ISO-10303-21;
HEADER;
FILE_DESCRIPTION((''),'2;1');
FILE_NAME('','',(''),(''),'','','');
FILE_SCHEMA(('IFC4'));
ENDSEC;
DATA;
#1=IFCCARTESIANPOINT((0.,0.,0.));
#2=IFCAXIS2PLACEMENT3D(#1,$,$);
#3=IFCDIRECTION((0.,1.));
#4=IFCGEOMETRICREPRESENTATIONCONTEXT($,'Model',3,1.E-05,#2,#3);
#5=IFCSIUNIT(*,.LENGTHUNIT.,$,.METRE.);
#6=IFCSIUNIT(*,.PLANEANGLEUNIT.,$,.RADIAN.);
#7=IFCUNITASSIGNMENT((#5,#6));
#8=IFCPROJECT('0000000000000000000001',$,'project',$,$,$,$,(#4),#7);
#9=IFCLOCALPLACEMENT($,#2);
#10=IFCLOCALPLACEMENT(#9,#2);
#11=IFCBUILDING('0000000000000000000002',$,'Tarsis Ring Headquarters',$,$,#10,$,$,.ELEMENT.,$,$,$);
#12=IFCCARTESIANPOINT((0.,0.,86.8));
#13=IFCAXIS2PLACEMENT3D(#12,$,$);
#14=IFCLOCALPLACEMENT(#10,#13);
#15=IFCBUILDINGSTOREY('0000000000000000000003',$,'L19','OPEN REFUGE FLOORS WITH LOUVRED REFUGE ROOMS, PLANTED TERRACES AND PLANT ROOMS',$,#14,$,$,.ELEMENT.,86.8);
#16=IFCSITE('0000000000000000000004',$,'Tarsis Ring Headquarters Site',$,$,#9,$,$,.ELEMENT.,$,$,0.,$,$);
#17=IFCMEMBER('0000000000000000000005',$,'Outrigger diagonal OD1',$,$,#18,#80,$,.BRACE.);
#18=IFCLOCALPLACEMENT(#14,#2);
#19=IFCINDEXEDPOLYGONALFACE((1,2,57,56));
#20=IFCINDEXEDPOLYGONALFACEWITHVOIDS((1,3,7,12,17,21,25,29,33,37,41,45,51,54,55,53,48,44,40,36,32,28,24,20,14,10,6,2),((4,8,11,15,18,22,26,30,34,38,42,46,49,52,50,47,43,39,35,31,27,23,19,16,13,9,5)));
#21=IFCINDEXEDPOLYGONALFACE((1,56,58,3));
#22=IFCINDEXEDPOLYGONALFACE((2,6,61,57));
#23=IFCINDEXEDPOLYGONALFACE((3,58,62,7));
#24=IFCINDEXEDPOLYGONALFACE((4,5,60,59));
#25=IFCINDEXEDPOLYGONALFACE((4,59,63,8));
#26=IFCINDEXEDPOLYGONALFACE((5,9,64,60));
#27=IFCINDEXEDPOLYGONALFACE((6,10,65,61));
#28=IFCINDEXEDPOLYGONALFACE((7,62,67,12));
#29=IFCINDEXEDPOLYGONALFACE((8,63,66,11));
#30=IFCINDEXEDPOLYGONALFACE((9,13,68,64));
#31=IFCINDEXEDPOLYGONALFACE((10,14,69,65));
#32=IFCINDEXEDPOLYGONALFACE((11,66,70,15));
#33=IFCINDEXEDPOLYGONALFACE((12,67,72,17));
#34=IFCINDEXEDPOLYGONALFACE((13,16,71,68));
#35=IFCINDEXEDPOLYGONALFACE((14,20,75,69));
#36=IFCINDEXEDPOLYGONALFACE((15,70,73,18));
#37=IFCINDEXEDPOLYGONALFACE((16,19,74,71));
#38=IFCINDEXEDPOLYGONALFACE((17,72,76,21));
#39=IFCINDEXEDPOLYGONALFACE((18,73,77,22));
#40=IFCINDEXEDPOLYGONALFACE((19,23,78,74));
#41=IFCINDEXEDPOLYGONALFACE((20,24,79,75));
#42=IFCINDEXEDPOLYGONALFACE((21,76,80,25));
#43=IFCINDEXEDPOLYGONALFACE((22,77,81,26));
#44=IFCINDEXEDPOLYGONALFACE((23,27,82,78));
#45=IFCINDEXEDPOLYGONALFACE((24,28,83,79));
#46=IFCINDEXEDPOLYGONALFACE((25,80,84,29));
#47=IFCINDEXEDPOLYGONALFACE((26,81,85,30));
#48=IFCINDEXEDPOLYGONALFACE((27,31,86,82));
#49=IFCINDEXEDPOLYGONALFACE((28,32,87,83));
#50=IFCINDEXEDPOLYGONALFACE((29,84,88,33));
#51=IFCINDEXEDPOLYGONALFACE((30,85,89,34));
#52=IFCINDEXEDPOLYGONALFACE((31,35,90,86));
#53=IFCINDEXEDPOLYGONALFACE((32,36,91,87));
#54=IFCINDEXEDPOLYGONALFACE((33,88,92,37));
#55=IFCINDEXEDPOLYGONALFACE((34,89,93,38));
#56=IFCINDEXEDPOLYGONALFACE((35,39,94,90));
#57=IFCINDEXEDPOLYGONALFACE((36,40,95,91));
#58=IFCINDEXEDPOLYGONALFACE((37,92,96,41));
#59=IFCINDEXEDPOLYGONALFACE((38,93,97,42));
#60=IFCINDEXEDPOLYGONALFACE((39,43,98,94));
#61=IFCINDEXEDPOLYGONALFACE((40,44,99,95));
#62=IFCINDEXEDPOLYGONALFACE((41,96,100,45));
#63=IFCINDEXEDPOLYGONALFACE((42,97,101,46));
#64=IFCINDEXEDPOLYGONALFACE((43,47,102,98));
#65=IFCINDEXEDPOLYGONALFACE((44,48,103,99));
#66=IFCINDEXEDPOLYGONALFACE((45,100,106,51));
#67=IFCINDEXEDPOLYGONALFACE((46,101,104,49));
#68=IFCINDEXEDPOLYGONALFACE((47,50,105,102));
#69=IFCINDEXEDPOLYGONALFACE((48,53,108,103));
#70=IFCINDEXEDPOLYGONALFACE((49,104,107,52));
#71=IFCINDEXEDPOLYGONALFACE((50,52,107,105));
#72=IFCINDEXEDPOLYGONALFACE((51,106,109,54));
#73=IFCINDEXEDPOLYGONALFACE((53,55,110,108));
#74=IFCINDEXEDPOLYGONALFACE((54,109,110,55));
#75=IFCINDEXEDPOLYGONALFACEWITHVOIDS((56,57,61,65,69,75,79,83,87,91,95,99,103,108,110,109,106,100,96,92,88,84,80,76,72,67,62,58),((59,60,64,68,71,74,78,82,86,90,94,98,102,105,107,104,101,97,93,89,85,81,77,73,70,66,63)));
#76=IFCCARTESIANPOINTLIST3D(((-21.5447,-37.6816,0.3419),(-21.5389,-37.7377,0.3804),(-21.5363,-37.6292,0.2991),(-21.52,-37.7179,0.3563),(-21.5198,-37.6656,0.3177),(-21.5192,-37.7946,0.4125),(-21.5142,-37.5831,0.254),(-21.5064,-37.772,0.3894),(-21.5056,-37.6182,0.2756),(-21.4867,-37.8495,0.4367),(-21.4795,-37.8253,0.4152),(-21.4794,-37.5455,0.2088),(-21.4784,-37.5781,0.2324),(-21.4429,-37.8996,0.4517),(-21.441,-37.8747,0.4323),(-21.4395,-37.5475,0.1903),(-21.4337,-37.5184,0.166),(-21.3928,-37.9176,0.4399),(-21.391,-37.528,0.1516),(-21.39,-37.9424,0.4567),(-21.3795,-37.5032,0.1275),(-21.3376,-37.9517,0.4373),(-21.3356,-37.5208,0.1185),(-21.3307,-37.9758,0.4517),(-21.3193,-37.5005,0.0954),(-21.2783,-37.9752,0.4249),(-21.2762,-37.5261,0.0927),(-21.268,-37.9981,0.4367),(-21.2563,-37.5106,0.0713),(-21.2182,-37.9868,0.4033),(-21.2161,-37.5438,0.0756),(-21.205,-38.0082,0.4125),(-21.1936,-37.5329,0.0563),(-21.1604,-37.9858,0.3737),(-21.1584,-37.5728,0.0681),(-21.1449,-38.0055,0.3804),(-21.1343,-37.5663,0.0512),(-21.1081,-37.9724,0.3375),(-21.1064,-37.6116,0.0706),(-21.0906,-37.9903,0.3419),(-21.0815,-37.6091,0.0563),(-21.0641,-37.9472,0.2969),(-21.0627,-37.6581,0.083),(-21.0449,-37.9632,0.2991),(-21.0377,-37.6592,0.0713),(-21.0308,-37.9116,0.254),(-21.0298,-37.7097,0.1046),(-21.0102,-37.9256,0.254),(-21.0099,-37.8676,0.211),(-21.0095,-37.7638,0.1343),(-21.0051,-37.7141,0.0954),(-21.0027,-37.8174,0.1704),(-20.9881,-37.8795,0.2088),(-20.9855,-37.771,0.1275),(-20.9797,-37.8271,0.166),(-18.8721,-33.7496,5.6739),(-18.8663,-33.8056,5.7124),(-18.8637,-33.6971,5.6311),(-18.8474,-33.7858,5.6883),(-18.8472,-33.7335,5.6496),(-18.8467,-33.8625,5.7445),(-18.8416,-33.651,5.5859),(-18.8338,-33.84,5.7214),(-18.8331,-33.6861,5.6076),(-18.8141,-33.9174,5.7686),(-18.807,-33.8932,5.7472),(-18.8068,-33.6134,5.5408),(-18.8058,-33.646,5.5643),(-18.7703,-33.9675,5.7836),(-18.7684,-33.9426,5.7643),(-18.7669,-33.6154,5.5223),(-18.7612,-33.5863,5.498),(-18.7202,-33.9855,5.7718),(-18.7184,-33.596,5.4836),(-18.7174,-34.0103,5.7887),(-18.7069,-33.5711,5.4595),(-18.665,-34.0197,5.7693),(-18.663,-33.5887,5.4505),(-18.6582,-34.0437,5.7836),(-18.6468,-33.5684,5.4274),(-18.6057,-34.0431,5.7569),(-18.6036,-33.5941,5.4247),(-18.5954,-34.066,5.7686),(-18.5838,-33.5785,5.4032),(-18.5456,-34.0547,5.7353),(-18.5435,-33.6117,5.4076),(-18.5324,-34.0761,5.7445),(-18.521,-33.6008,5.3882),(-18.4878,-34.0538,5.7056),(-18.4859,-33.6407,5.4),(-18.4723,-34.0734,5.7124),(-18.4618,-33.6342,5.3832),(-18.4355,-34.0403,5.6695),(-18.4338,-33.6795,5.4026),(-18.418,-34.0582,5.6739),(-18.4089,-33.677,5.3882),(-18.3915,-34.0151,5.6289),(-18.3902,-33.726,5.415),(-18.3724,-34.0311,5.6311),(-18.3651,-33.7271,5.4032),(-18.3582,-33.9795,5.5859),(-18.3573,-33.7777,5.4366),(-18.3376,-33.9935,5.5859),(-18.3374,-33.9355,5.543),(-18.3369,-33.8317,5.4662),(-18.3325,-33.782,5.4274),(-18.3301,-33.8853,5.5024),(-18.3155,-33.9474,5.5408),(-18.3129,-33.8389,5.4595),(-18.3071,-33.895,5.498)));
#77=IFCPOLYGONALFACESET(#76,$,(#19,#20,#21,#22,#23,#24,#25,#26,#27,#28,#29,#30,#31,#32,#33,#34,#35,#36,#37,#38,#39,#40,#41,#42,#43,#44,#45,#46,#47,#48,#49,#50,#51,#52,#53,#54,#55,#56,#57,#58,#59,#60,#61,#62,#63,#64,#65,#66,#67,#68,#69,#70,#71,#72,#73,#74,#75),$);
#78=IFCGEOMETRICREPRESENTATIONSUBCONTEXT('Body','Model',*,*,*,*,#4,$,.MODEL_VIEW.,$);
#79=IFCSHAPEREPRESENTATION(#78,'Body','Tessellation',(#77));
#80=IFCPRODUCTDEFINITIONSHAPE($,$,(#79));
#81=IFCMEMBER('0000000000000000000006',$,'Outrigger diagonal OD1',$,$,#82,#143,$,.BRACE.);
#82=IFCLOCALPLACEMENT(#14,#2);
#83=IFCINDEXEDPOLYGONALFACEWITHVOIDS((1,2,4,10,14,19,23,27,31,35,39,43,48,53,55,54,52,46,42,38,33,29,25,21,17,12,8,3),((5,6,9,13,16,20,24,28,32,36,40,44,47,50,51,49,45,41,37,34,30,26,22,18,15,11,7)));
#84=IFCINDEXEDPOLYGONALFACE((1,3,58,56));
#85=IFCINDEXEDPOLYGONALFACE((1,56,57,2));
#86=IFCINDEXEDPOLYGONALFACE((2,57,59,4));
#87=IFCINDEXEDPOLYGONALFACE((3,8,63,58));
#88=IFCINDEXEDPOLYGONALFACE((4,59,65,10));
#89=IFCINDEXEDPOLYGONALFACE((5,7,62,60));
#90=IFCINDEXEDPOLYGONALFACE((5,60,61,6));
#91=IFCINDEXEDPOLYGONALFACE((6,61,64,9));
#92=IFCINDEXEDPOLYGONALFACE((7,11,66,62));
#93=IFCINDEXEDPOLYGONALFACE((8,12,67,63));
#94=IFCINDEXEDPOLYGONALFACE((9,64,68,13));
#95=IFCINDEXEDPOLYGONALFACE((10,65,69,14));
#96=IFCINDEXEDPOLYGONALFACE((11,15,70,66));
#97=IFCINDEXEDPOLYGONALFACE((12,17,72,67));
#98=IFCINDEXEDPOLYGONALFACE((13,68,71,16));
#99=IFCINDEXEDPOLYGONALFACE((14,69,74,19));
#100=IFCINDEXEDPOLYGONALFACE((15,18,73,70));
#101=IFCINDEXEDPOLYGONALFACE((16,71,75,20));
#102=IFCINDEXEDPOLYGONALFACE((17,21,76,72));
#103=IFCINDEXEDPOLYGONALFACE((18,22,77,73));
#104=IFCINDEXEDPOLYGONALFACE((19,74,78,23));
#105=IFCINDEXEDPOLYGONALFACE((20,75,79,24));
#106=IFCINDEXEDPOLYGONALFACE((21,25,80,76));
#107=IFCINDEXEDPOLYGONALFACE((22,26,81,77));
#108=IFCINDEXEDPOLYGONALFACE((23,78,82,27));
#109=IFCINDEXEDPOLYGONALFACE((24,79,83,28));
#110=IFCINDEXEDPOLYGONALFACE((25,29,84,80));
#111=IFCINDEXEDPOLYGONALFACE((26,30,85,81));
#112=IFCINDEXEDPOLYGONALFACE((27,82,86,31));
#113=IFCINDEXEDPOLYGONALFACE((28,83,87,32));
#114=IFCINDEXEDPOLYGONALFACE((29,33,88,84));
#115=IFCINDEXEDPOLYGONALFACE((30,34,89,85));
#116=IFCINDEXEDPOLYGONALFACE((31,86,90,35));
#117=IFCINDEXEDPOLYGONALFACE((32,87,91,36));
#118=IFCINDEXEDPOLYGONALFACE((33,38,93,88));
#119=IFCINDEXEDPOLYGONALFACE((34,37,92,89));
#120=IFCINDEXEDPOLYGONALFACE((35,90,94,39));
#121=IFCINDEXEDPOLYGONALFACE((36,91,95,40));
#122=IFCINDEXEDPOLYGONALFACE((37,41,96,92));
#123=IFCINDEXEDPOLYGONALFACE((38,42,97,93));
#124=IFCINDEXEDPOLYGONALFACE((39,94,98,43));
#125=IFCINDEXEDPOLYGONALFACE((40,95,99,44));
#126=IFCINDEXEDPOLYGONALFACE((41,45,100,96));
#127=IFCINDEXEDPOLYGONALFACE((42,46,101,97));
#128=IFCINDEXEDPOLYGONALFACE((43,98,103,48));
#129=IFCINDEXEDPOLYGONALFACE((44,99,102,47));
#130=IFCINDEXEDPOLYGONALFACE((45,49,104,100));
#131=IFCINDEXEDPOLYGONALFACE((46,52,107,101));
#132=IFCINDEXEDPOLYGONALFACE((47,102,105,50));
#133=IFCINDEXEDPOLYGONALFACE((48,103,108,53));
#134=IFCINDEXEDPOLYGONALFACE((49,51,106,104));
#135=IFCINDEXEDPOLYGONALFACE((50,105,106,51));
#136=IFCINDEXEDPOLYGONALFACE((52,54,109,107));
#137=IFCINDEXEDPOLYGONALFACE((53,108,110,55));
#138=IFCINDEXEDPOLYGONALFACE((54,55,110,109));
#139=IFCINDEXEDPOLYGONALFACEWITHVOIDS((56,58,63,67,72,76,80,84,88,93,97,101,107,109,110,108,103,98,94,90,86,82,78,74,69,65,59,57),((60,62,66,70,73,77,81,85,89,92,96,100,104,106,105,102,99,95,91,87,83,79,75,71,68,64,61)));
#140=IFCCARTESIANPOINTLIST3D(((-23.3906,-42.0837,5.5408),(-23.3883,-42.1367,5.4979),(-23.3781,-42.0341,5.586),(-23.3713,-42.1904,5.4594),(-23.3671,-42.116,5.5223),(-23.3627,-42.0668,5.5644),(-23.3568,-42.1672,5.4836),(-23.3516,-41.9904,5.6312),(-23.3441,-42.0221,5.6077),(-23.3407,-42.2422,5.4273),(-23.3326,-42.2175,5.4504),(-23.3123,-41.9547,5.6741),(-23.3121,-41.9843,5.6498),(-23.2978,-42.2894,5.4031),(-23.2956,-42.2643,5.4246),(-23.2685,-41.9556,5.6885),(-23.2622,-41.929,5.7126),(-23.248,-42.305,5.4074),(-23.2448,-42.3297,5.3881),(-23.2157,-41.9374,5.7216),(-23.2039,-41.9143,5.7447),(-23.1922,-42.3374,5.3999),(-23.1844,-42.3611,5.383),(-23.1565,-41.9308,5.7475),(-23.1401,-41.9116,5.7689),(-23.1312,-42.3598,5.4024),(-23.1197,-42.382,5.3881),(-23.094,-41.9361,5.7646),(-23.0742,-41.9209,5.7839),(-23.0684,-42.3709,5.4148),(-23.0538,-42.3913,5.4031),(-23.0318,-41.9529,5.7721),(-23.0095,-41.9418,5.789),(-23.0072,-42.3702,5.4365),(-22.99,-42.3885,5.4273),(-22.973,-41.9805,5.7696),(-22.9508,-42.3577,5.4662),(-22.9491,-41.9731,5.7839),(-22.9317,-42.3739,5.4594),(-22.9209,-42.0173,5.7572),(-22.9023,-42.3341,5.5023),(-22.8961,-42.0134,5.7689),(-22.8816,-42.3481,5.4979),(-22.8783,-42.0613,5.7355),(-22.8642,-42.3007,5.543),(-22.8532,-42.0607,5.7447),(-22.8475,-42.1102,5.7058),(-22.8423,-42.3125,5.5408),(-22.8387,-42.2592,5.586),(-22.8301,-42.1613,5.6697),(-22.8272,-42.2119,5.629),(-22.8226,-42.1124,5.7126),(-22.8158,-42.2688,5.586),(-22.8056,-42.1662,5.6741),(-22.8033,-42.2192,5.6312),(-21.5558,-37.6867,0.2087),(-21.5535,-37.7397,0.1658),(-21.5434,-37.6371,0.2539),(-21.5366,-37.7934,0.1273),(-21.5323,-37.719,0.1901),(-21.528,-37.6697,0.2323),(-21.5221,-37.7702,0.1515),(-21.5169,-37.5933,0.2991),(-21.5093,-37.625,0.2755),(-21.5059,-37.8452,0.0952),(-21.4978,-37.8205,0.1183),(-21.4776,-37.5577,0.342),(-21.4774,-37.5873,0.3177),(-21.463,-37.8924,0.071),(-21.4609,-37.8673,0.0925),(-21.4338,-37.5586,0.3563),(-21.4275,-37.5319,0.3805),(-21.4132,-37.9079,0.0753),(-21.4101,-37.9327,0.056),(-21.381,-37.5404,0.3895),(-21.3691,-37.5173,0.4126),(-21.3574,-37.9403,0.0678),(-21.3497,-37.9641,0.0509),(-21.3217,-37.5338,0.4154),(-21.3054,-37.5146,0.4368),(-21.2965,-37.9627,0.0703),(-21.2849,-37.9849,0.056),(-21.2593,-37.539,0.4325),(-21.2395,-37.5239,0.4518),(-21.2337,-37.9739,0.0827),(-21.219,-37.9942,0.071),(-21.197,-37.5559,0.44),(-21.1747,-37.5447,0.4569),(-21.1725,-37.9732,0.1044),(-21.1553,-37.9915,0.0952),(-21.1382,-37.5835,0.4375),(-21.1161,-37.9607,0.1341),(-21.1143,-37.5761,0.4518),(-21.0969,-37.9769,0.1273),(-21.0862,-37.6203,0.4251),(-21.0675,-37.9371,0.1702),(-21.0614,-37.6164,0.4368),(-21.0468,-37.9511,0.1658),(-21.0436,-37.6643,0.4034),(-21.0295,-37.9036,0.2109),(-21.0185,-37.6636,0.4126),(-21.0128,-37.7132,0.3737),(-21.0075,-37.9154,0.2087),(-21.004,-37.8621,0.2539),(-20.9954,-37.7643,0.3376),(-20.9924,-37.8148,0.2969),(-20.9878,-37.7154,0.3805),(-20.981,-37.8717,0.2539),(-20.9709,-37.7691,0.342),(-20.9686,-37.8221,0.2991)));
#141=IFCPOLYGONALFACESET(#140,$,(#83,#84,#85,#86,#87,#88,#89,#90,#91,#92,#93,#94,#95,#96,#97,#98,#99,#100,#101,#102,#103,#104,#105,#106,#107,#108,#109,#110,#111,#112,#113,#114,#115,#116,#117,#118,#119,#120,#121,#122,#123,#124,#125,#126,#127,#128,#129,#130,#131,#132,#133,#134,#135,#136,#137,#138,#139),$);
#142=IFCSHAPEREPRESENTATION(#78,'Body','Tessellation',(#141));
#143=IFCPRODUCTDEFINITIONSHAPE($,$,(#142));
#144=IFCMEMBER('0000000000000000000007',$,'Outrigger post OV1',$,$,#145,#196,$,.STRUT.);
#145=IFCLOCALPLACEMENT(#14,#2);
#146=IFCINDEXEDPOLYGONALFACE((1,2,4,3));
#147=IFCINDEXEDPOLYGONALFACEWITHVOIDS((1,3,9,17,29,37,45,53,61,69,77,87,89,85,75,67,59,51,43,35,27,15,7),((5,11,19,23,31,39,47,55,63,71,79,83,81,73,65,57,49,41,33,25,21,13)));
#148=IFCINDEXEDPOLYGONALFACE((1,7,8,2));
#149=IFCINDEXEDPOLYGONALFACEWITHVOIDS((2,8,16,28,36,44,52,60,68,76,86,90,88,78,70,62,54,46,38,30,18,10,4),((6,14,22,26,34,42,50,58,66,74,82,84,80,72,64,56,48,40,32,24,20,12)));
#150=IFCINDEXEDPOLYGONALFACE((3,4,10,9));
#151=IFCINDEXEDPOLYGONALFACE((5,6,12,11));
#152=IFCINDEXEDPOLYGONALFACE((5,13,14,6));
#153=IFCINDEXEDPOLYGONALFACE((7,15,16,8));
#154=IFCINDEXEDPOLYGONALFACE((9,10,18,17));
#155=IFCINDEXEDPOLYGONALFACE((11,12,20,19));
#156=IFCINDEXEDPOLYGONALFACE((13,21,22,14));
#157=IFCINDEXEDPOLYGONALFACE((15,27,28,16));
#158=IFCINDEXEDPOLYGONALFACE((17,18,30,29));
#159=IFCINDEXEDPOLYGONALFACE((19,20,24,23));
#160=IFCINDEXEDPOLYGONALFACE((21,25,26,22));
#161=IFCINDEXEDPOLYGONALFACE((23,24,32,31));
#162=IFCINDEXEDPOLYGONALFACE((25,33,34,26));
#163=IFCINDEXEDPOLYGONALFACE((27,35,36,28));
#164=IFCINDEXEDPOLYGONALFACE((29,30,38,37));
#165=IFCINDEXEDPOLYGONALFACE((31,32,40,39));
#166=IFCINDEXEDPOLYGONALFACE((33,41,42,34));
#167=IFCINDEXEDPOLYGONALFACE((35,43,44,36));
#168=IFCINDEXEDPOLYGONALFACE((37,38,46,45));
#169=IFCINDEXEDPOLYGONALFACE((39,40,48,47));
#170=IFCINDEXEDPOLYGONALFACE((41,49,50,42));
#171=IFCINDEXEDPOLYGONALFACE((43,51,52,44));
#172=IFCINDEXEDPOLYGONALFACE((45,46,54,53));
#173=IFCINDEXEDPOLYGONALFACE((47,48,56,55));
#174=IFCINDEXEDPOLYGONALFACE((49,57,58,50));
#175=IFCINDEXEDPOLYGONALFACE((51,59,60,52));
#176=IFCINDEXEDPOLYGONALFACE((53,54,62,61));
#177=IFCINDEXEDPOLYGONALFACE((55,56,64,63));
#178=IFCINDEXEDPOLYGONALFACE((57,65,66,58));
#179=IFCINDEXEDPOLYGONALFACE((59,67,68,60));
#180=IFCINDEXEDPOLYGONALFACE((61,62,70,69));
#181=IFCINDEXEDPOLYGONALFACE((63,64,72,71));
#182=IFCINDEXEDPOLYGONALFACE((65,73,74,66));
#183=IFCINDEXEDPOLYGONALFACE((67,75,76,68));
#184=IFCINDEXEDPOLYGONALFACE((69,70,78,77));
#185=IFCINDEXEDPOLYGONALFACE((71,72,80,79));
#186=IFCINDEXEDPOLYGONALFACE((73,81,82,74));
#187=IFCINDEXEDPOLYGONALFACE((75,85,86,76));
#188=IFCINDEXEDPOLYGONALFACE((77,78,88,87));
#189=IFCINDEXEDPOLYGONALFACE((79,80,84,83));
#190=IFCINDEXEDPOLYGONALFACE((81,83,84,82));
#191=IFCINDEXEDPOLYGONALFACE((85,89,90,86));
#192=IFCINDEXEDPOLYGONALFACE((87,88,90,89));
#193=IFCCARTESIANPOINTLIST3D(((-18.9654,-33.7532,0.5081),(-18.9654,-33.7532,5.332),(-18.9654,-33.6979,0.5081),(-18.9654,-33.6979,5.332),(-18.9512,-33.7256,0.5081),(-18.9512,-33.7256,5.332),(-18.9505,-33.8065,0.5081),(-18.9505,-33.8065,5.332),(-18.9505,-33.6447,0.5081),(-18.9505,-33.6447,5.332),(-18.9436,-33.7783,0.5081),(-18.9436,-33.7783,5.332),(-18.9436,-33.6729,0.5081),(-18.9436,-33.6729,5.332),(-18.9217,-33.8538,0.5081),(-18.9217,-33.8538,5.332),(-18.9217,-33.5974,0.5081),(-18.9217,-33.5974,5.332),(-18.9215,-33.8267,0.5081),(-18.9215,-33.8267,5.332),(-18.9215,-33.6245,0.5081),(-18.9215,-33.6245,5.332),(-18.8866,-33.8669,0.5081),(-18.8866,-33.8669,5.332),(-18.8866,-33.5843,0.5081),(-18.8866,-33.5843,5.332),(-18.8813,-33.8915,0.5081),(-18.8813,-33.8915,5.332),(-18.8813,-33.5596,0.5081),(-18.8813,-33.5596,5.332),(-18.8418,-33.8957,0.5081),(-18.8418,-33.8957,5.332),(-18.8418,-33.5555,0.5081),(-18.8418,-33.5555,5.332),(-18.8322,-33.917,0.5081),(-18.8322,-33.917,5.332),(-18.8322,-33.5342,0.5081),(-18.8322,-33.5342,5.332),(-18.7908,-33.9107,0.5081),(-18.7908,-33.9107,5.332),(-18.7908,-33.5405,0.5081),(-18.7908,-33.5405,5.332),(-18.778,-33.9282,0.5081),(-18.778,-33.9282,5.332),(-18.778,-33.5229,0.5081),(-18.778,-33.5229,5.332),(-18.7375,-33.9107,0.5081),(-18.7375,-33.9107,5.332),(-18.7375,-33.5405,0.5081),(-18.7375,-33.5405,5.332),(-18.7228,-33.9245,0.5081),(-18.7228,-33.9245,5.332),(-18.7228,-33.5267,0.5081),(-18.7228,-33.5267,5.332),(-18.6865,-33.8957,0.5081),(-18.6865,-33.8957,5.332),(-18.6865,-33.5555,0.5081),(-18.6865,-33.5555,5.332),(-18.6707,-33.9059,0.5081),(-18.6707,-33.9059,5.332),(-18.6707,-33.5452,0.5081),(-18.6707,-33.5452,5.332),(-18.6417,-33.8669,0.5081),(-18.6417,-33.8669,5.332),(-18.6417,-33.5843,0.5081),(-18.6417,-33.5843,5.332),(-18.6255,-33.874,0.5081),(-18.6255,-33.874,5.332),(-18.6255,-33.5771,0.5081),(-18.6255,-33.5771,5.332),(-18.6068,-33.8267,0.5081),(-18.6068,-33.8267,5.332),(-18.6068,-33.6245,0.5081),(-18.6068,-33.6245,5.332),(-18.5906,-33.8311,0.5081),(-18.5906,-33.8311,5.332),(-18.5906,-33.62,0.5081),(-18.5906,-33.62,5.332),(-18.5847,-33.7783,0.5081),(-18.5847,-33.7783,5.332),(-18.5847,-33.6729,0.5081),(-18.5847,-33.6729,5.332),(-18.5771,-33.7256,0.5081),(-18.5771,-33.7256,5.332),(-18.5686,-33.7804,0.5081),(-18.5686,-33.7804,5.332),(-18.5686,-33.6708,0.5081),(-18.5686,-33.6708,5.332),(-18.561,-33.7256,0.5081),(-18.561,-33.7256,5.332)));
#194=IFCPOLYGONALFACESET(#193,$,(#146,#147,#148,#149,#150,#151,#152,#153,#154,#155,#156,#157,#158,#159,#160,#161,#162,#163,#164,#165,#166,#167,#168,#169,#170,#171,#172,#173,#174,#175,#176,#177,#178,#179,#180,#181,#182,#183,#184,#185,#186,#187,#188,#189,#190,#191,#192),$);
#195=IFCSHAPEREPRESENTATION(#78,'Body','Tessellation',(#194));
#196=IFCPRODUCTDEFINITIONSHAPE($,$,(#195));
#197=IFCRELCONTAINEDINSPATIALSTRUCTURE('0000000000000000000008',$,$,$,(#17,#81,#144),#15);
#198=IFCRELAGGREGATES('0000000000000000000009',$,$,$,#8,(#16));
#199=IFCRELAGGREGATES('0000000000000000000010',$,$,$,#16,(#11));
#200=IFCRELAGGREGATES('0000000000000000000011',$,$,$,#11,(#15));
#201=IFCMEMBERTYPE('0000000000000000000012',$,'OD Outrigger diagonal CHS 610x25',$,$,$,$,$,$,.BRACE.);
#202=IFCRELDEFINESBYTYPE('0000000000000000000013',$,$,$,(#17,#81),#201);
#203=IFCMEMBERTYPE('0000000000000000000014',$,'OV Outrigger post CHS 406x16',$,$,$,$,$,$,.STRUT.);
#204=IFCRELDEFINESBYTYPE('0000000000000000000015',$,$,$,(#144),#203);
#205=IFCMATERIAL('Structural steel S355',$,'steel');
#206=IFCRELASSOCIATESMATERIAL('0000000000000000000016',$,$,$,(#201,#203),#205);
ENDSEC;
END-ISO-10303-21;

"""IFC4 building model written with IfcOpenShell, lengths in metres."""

from ifc_helpers import new_model, si_unit, direction, frame, origin, origin_2d, place, context, subcontext, project, spatial, hollow_circle, extrude, material, material_profile, profile_set, type_object, element, save


model = new_model("IFC4")

# Units and contexts
model_context = context("Model", 3, precision=1e-05, world=origin(), true_north=direction((0.0, 1.0)))
body_context = subcontext(model_context, "Body", "Model", "MODEL_VIEW")
ifc_project = project(units=[si_unit("LENGTHUNIT", "METRE"), si_unit("PLANEANGLEUNIT", "RADIAN")], contexts=[model_context])

# Site, building, storey
site_placement = place(None, origin())
site = spatial("IfcSite", under=ifc_project, at=site_placement, Name="Tarsis Ring Headquarters Site", CompositionType="ELEMENT", RefElevation=0.0)
building_placement = place(site_placement, origin())
building = spatial("IfcBuilding", under=site, at=building_placement, Name="Tarsis Ring Headquarters", CompositionType="ELEMENT")
storey_placement = place(building_placement, frame((0.0, 0.0, 86.8)))
storey = spatial("IfcBuildingStorey", under=building, at=storey_placement, Name="L19", Description="OPEN REFUGE FLOORS WITH LOUVRED REFUGE ROOMS, PLANTED TERRACES AND PLANT ROOMS", CompositionType="ELEMENT", Elevation=86.8)

# Members
ifc_material_1 = material(Name="Structural steel S355", Category="steel")
ifc_material_profile_1 = material_profile(ifc_material_1, hollow_circle(Radius=0.3047, WallThickness=0.0249, at=origin_2d()), Name="CHS 610x25")
ifc_profile_set_1 = profile_set([ifc_material_profile_1], Name="Structural steel S355")
member_type_1 = type_object("IfcMemberType", Name="OD Outrigger diagonal CHS 610x25", PredefinedType="BRACE", material=ifc_profile_set_1)
member_1_placement = place(storey_placement, frame((-18.5896, -33.8223, 5.5859), z_axis=(-0.374111, -0.550419, -0.746377), x_axis=(0.827048, -0.562132, 0.0)))
element("IfcMember", 1, at=member_1_placement, inside=storey, type_object=member_type_1, Name="Outrigger diagonal OD1", PredefinedType="BRACE", context=body_context, shape_type="SweptSolid", body=[
    extrude(hollow_circle(Radius=0.3047, WallThickness=0.0249, at=origin_2d()), origin(), (0.0, 0.0, 1.0), 7.1438),
])
member_2_placement = place(storey_placement, frame((-21.2622, -37.7544, 0.2539), z_axis=(-0.256585, -0.614915, 0.745683), x_axis=(0.92288, -0.385088, 0.0)))
element("IfcMember", 2, at=member_2_placement, inside=storey, type_object=member_type_1, Name="Outrigger diagonal OD1", PredefinedType="BRACE", context=body_context, shape_type="SweptSolid", body=[
    extrude(hollow_circle(Radius=0.3047, WallThickness=0.0249, at=origin_2d()), origin(), (0.0, 0.0, 1.0), 7.1506),
])
ifc_material_profile_2 = material_profile(ifc_material_1, hollow_circle(Radius=0.2031, WallThickness=0.0161, at=origin_2d()), Name="CHS 406x16")
ifc_profile_set_2 = profile_set([ifc_material_profile_2], Name="Structural steel S355")
member_type_2 = type_object("IfcMemberType", Name="OV Outrigger post CHS 406x16", PredefinedType="STRUT", material=ifc_profile_set_2)
member_3_placement = place(storey_placement, frame((-18.7642, -33.7256, 0.5081), z_axis=(0.0, 0.0, 1.0), x_axis=(1.0, 0.0, 0.0)))
element("IfcMember", 3, at=member_3_placement, inside=storey, type_object=member_type_2, Name="Outrigger post OV1", PredefinedType="STRUT", context=body_context, shape_type="SweptSolid", body=[
    extrude(hollow_circle(Radius=0.2031, WallThickness=0.0161, at=origin_2d()), origin(), (0.0, 0.0, 1.0), 4.824),
])

save(model, "model.ifc")
